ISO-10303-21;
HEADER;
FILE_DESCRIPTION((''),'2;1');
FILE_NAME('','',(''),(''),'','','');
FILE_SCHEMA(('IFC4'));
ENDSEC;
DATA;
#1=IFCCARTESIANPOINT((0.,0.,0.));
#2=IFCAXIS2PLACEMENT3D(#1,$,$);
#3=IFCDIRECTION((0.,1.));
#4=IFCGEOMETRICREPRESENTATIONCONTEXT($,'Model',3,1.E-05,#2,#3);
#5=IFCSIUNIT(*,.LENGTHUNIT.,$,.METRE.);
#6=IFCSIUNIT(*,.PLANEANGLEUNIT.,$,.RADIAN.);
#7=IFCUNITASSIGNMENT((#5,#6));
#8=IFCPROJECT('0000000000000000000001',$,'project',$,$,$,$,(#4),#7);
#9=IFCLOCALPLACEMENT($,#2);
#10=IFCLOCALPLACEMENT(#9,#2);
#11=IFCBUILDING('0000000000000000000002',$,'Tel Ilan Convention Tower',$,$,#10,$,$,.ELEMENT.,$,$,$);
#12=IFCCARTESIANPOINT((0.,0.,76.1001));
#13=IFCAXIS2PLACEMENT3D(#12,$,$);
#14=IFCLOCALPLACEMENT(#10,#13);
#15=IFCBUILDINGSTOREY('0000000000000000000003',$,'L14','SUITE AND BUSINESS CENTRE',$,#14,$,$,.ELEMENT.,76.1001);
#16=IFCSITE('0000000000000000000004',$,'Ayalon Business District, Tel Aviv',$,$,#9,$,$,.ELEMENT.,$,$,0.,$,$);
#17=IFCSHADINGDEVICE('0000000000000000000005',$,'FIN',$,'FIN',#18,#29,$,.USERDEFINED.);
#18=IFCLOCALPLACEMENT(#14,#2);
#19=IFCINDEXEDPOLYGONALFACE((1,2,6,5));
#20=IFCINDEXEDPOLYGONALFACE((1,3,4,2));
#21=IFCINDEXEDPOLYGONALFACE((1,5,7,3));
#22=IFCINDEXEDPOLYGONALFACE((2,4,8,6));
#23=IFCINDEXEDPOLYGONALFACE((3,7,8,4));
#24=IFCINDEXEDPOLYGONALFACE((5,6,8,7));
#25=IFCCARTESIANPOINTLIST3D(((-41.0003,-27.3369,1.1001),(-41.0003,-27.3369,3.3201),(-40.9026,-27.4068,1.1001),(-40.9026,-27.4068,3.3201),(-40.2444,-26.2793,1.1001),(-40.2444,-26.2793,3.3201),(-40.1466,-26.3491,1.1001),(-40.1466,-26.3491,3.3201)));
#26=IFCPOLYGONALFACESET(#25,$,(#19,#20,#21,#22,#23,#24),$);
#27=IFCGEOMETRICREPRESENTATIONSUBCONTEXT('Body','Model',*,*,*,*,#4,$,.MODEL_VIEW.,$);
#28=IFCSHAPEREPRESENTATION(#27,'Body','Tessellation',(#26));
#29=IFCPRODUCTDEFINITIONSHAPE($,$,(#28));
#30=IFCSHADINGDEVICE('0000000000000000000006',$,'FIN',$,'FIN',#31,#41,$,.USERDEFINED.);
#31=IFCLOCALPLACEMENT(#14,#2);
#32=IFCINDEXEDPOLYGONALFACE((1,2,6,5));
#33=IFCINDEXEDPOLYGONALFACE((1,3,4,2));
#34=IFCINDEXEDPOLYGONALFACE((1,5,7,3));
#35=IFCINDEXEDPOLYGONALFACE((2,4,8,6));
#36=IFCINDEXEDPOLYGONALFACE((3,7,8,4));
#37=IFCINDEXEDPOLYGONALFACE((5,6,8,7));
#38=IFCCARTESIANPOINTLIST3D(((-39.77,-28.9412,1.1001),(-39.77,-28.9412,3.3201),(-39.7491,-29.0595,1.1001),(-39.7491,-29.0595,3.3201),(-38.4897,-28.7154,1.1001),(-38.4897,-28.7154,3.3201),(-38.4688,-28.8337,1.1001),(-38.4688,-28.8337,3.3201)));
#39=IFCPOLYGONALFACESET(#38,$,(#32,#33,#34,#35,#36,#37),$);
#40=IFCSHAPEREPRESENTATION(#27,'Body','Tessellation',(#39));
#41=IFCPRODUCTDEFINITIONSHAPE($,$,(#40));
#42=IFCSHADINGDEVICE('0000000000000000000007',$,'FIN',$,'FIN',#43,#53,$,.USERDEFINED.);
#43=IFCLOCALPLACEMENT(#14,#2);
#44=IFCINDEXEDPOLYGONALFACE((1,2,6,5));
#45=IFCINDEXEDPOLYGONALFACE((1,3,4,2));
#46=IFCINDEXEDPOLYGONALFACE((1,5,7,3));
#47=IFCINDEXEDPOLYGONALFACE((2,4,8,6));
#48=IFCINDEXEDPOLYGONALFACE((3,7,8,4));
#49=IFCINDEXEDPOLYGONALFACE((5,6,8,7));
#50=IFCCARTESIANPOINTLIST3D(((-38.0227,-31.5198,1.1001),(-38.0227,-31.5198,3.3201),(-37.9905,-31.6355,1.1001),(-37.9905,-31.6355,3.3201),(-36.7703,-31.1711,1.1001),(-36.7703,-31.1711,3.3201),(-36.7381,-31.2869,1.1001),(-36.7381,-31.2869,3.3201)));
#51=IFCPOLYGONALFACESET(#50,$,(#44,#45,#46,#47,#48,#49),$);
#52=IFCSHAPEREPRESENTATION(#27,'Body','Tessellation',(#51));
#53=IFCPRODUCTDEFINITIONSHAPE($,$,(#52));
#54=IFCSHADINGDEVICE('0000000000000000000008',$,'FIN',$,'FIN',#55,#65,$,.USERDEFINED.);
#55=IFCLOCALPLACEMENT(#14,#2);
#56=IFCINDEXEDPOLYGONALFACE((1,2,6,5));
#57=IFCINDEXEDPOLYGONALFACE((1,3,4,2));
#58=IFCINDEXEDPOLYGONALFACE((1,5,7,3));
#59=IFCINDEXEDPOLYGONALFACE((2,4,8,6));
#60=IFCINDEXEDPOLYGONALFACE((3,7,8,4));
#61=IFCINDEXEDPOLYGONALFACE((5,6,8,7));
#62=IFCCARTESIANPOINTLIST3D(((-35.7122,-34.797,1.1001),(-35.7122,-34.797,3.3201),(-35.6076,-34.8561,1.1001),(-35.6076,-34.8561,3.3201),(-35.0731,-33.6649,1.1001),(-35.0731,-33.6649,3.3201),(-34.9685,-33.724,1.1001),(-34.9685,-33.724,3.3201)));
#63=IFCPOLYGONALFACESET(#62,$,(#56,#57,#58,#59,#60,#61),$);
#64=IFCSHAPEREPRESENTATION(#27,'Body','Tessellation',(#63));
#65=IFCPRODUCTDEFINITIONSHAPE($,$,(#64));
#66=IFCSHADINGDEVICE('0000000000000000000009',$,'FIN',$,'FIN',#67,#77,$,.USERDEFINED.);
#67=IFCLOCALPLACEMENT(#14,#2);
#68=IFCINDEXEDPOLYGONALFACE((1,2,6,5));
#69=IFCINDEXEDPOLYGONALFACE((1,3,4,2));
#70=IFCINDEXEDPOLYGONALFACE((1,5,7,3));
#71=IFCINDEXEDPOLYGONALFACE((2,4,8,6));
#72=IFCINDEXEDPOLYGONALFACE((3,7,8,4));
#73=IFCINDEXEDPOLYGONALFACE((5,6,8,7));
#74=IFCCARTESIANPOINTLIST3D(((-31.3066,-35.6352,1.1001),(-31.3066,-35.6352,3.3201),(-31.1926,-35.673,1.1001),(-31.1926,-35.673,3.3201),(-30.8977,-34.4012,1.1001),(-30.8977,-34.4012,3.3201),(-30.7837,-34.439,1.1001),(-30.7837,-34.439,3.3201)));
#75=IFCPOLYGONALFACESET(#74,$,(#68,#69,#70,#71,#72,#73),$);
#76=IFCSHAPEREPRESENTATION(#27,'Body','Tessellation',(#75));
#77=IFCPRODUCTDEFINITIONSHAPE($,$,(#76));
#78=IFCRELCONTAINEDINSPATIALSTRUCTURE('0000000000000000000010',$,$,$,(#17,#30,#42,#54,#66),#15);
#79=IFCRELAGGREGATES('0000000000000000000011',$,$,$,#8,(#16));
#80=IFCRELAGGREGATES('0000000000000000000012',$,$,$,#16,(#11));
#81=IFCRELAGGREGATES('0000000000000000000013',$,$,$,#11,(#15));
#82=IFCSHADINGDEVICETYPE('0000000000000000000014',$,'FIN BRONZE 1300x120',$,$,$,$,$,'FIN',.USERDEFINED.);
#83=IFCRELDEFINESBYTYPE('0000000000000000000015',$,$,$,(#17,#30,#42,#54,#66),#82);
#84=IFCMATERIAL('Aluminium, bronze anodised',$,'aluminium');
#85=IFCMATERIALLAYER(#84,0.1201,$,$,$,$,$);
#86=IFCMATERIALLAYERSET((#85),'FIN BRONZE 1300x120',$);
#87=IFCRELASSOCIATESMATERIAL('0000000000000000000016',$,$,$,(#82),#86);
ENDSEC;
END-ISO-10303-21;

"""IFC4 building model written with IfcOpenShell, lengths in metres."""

from ifc_helpers import new_model, si_unit, direction, frame, origin, origin_2d, place, context, subcontext, project, spatial, rectangle, extrude, material, layer, layer_set, type_object, element, save


model = new_model("IFC4")

# Units and contexts
model_context = context("Model", 3, precision=1e-05, world=origin(), true_north=direction((0.0, 1.0)))
body_context = subcontext(model_context, "Body", "Model", "MODEL_VIEW")
ifc_project = project(units=[si_unit("LENGTHUNIT", "METRE"), si_unit("PLANEANGLEUNIT", "RADIAN")], contexts=[model_context])

# Site, building, storey
site_placement = place(None, origin())
site = spatial("IfcSite", under=ifc_project, at=site_placement, Name="Ayalon Business District, Tel Aviv", CompositionType="ELEMENT", RefElevation=0.0)
building_placement = place(site_placement, origin())
building = spatial("IfcBuilding", under=site, at=building_placement, Name="Tel Ilan Convention Tower", CompositionType="ELEMENT")
storey_placement = place(building_placement, frame((0.0, 0.0, 76.1001)))
storey = spatial("IfcBuildingStorey", under=building, at=storey_placement, Name="L14", Description="SUITE AND BUSINESS CENTRE", CompositionType="ELEMENT", Elevation=76.1001)

# Shading devices
ifc_material_1 = material(Name="Aluminium, bronze anodised", Category="aluminium")
ifc_layer_1 = layer(ifc_material_1, 0.1201)
ifc_layer_set_1 = layer_set([ifc_layer_1], Name="FIN BRONZE 1300x120")
shading_device_type = type_object("IfcShadingDeviceType", Name="FIN BRONZE 1300x120", ElementType="FIN", PredefinedType="USERDEFINED", material=ifc_layer_set_1)
for number, where, z_axis, x_axis, name in (
    (1, (-40.5735, -26.843, 1.1001), (0.0, 0.0, 1.0), (-0.581492, -0.813552, 0.0), "FIN"),
    (2, (-39.1194, -28.8875, 1.1001), (0.0, 0.0, 1.0), (-0.984808, -0.173648, 0.0), "FIN"),
    (3, (-37.3804, -31.4033, 1.1001), (0.0, 0.0, 1.0), (-0.963371, -0.268173, 0.0), "FIN"),
    (4, (-35.3403, -34.2605, 1.1001), (0.0, 0.0, 1.0), (-0.491579, -0.870833, 0.0), "FIN"),
    (5, (-31.0452, -35.0371, 1.1001), (0.0, 0.0, 1.0), (-0.314545, -0.949243, 0.0), "FIN"),
):
    element("IfcShadingDevice", number, at=place(storey_placement, frame(where, z_axis=z_axis, x_axis=x_axis)), inside=storey, type_object=shading_device_type, Name=name, ObjectType="FIN", PredefinedType="USERDEFINED", context=body_context, shape_type="SweptSolid", body=[
        extrude(rectangle(XDim=1.3, YDim=0.1201, at=origin_2d()), origin(), (0.0, 0.0, 1.0), 2.22),
    ])

save(model, "model.ifc")
